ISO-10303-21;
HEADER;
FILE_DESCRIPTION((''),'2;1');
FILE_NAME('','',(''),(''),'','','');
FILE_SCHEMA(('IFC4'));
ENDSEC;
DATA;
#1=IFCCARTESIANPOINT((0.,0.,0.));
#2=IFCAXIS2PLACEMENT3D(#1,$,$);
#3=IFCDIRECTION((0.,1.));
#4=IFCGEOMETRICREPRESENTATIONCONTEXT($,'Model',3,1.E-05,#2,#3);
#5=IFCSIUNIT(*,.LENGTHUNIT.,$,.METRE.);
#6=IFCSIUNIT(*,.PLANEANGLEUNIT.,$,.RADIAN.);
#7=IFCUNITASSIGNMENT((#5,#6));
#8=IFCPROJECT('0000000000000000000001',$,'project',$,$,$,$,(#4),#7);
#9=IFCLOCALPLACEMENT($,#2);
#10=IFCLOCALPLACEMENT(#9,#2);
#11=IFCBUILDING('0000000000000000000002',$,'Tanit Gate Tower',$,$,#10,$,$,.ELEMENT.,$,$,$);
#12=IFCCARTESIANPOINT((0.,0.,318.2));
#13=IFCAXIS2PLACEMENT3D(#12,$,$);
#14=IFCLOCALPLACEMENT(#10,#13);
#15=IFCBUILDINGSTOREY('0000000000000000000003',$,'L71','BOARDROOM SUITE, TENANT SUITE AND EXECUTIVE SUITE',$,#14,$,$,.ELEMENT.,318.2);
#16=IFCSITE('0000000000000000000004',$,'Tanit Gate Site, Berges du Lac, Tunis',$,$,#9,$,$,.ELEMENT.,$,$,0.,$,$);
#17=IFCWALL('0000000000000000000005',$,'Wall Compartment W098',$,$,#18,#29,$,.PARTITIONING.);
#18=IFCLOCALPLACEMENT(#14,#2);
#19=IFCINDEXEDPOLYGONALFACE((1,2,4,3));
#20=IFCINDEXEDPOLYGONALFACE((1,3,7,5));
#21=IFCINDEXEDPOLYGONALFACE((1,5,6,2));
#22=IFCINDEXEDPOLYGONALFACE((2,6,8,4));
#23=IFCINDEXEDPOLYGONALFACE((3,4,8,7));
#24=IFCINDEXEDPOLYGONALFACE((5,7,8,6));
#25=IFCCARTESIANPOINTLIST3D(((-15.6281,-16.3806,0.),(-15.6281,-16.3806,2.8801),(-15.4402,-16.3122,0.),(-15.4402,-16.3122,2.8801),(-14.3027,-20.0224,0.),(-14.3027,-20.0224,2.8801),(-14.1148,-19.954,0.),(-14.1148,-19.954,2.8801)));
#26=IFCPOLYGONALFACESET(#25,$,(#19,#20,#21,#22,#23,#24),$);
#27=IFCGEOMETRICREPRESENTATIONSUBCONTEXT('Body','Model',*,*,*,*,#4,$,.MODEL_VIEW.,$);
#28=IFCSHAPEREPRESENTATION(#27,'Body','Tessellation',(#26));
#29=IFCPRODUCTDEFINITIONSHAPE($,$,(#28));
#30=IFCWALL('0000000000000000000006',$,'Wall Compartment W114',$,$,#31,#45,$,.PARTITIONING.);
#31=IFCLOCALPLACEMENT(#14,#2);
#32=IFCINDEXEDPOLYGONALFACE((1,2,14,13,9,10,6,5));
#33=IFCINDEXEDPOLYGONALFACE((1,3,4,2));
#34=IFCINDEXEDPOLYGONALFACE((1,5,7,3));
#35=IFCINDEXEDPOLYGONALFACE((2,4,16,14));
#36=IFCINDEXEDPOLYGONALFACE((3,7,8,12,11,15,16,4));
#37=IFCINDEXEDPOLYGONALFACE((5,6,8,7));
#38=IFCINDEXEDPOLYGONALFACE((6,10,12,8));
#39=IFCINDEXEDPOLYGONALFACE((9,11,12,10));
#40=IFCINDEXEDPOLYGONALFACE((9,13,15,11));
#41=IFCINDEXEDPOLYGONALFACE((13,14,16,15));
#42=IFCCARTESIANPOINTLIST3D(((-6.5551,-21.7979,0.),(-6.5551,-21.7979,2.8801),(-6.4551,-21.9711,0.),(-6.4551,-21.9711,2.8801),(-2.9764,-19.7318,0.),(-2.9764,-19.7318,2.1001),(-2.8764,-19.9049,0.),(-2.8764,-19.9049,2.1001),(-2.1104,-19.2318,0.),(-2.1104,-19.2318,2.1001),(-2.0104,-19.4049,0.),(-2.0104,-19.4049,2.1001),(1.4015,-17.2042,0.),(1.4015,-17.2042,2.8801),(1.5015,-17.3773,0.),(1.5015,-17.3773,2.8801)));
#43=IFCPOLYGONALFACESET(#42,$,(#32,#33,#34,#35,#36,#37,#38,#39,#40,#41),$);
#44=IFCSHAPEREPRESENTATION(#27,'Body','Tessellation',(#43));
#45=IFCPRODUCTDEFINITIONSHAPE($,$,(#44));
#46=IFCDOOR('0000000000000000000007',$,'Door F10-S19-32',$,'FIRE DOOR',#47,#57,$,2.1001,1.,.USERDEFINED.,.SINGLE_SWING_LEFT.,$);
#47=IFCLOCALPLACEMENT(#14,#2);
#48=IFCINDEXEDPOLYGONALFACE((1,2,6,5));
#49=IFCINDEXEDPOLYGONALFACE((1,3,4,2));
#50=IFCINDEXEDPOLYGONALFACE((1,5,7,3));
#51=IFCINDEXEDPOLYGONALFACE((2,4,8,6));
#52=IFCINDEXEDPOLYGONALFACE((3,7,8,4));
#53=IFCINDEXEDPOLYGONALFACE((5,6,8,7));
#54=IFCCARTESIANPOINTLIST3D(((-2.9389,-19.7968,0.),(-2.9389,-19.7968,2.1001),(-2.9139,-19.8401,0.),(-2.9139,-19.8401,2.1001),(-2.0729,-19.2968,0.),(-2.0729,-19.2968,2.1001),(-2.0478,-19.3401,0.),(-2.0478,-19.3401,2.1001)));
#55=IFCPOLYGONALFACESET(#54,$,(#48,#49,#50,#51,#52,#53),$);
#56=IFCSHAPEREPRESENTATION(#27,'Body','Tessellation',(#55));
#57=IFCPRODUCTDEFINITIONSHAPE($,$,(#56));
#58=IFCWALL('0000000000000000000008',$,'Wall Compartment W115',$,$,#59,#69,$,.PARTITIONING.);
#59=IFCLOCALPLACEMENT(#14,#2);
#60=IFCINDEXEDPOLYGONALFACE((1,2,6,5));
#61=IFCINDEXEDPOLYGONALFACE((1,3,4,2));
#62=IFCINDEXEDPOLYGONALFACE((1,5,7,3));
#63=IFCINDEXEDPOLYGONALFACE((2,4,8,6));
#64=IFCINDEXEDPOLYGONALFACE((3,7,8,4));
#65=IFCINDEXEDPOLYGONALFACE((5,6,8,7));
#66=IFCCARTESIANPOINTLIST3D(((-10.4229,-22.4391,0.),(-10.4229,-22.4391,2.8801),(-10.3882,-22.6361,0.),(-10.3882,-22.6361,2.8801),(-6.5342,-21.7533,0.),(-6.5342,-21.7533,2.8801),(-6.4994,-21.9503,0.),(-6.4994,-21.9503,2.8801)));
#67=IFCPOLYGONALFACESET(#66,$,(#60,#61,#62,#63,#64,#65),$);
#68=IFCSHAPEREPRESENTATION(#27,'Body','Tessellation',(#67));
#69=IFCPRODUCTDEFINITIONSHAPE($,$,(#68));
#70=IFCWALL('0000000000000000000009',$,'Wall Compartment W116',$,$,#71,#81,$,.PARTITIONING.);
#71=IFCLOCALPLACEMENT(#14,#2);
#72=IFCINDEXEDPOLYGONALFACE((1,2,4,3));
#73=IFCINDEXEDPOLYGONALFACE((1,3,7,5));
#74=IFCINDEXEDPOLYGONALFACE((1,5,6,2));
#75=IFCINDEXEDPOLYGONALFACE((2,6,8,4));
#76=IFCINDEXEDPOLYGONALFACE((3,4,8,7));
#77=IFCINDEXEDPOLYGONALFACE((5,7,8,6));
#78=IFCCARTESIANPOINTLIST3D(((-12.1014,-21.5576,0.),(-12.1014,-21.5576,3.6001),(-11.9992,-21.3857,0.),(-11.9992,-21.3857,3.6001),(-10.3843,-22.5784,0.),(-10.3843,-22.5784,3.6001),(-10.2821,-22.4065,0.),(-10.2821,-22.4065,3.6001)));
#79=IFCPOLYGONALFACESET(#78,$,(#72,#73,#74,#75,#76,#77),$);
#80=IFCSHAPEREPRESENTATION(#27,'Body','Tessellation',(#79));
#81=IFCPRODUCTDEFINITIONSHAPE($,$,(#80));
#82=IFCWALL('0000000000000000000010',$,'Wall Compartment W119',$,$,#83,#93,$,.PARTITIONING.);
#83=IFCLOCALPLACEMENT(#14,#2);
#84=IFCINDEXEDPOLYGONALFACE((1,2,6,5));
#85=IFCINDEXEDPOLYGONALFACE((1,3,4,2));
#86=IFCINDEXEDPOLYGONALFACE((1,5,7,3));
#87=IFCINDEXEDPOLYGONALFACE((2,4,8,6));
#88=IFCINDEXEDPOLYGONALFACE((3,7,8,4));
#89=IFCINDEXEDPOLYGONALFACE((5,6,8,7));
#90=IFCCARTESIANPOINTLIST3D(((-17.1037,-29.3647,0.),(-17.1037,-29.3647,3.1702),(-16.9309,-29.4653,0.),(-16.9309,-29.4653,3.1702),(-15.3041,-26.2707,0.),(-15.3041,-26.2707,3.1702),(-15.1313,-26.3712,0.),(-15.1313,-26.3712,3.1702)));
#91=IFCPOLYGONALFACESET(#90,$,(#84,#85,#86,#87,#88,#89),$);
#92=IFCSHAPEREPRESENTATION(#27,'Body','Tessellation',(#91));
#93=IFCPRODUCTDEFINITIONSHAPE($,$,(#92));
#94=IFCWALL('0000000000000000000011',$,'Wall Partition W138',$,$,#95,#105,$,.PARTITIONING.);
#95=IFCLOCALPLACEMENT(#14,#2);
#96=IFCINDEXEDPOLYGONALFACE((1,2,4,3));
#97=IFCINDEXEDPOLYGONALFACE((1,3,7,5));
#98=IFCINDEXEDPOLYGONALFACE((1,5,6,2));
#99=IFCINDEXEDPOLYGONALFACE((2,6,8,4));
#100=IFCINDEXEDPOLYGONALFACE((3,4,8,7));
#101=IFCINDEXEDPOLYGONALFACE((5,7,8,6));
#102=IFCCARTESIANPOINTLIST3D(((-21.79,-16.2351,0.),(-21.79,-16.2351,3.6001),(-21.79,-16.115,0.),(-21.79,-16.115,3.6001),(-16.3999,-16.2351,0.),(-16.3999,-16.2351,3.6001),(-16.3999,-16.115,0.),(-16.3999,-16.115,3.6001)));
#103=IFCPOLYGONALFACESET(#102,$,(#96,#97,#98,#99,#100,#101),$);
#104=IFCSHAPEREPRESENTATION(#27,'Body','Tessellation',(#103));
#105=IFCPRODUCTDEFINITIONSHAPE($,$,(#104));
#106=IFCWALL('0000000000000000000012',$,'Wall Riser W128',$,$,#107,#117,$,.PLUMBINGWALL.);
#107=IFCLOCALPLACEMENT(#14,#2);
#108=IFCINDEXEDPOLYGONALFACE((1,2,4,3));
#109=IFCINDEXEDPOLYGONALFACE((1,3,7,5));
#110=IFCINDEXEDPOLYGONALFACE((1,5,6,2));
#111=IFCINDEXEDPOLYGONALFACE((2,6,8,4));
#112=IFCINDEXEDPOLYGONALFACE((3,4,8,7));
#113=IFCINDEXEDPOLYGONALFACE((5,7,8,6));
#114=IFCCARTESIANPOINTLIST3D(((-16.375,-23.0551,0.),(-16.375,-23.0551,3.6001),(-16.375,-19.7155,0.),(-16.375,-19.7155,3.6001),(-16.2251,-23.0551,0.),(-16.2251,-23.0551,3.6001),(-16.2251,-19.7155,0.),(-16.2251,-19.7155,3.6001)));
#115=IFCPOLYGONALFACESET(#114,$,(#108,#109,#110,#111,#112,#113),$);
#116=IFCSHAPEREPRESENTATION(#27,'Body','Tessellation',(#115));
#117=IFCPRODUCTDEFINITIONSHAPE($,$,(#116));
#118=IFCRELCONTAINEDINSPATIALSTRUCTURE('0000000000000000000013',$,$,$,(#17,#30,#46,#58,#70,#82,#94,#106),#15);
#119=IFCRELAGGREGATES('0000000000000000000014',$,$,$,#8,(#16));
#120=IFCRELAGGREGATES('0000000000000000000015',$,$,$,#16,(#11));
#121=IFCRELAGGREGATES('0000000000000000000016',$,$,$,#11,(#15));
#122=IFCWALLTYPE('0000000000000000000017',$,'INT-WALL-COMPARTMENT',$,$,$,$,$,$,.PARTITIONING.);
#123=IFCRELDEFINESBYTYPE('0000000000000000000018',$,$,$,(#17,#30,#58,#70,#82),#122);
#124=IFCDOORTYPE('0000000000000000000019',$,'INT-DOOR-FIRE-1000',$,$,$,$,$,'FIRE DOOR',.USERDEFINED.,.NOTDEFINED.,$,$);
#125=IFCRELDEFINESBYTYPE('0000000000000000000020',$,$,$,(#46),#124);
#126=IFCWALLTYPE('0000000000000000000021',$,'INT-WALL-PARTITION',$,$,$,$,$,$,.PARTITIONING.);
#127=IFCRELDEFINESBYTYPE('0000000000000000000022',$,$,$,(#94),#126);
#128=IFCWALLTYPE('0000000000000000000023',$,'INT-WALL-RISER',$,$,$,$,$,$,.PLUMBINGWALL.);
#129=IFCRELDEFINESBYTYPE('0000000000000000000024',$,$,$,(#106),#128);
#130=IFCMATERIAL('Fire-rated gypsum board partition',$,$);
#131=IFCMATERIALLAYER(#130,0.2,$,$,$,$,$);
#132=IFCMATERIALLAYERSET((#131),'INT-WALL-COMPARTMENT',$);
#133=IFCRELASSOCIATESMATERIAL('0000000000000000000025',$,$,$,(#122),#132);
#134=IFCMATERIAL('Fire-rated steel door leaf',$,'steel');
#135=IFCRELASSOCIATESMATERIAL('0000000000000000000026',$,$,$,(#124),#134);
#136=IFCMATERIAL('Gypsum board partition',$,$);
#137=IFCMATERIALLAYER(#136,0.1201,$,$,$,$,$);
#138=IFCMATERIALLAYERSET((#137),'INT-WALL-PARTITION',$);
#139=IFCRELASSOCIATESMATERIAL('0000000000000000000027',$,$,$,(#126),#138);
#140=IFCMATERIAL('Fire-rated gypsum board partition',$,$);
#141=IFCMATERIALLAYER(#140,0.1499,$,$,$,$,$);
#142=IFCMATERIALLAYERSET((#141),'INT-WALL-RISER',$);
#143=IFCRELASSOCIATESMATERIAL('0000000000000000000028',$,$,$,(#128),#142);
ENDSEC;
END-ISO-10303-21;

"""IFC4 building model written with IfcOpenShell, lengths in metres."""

from ifc_helpers import new_model, si_unit, direction, frame, frame_2d, origin, place, context, subcontext, project, spatial, rectangle, extrude, material, layer, layer_set, type_object, element, fill, save


model = new_model("IFC4")

# Units and contexts
model_context = context("Model", 3, precision=1e-05, world=origin(), true_north=direction((0.0, 1.0)))
body_context = subcontext(model_context, "Body", "Model", "MODEL_VIEW")
ifc_project = project(units=[si_unit("LENGTHUNIT", "METRE"), si_unit("PLANEANGLEUNIT", "RADIAN")], contexts=[model_context])

# Site, building, storey
site_placement = place(None, origin())
site = spatial("IfcSite", under=ifc_project, at=site_placement, Name="Tanit Gate Site, Berges du Lac, Tunis", CompositionType="ELEMENT", RefElevation=0.0)
building_placement = place(site_placement, origin())
building = spatial("IfcBuilding", under=site, at=building_placement, Name="Tanit Gate Tower", CompositionType="ELEMENT")
storey_placement = place(building_placement, frame((0.0, 0.0, 318.2)))
storey = spatial("IfcBuildingStorey", under=building, at=storey_placement, Name="L71", Description="BOARDROOM SUITE, TENANT SUITE AND EXECUTIVE SUITE", CompositionType="ELEMENT", Elevation=318.2)

# Wall
ifc_material_1 = material(Name="Fire-rated gypsum board partition")
ifc_layer_1 = layer(ifc_material_1, 0.2)
ifc_layer_set_1 = layer_set([ifc_layer_1], Name="INT-WALL-COMPARTMENT")
wall_type_1 = type_object("IfcWallType", Name="INT-WALL-COMPARTMENT", PredefinedType="PARTITIONING", material=ifc_layer_set_1)
wall_1_placement = place(storey_placement, frame((-15.5342, -16.3464, 0.0), z_axis=(0.0, 0.0, 1.0), x_axis=(0.342001, -0.9397, 0.0)))
element("IfcWall", 1, at=wall_1_placement, inside=storey, type_object=wall_type_1, Name="Wall Compartment W098", PredefinedType="PARTITIONING", context=body_context, shape_type="SweptSolid", body=[
    extrude(rectangle(XDim=3.8755, YDim=0.2, at=frame_2d((1.9377, 0.0))), origin(), (0.0, 0.0, 1.0), 2.8801),
])

# Wall, opening, door
wall_2_placement = place(storey_placement, frame((-6.5051, -21.8845, 0.0), z_axis=(0.0, 0.0, 1.0), x_axis=(0.866024, 0.500003, 0.0)))
wall_2 = element("IfcWall", 2, at=wall_2_placement, inside=storey, type_object=wall_type_1, Name="Wall Compartment W114", PredefinedType="PARTITIONING", context=body_context, shape_type="SweptSolid", body=[
    extrude(rectangle(XDim=9.1875, YDim=0.2, at=frame_2d((4.5938, 0.0))), origin(), (0.0, 0.0, 1.0), 2.8801),
])
opening_1_placement = place(wall_2_placement, frame((4.1323, 0.0, 0.0)))
opening_1 = element("IfcOpeningElement", 3, at=opening_1_placement, cuts=wall_2, PredefinedType="OPENING", context=body_context, shape_type="SweptSolid", body=[
    extrude(rectangle(XDim=1.0, YDim=2.1001, at=frame_2d((0.5, 1.05))), frame((0.0, 0.1099, 0.0), z_axis=(0.0, -1.0, 0.0), x_axis=(1.0, 0.0, 0.0)), (0.0, 0.0, 1.0), 0.22),
])
ifc_material_2 = material(Name="Fire-rated steel door leaf", Category="steel")
door_type_1 = type_object("IfcDoorType", Name="INT-DOOR-FIRE-1000", ElementType="FIRE DOOR", OperationType="NOTDEFINED", PredefinedType="USERDEFINED", material=ifc_material_2)
door_1_placement = place(opening_1_placement, origin())
door_1 = element("IfcDoor", 4, at=door_1_placement, inside=storey, type_object=door_type_1, Name="Door F10-S19-32", ObjectType="FIRE DOOR", OperationType="SINGLE_SWING_LEFT", OverallHeight=2.1001, OverallWidth=1.0, PredefinedType="USERDEFINED", context=body_context, shape_type="SweptSolid", body=[
    extrude(rectangle(XDim=1.0, YDim=2.1001, at=frame_2d((0.5, 1.05))), frame((0.0, 0.0249, 0.0), z_axis=(0.0, -1.0, 0.0), x_axis=(1.0, 0.0, 0.0)), (0.0, 0.0, 1.0), 0.05),
])
fill(opening_1, door_1)

# Walls
wall_3_placement = place(storey_placement, frame((-10.4055, -22.5376, 0.0), z_axis=(0.0, 0.0, 1.0), x_axis=(0.984803, 0.173676, 0.0)))
element("IfcWall", 5, at=wall_3_placement, inside=storey, type_object=wall_type_1, Name="Wall Compartment W115", PredefinedType="PARTITIONING", context=body_context, shape_type="SweptSolid", body=[
    extrude(rectangle(XDim=3.9487, YDim=0.2, at=frame_2d((1.9744, 0.0))), origin(), (0.0, 0.0, 1.0), 2.8801),
])
wall_4_placement = place(storey_placement, frame((-12.0503, -21.4717, 0.0), z_axis=(0.0, 0.0, 1.0), x_axis=(0.859578, -0.511005, 0.0)))
element("IfcWall", 6, at=wall_4_placement, inside=storey, type_object=wall_type_1, Name="Wall Compartment W116", PredefinedType="PARTITIONING", context=body_context, shape_type="SweptSolid", body=[
    extrude(rectangle(XDim=1.9976, YDim=0.2, at=frame_2d((0.9988, 0.0))), origin(), (0.0, 0.0, 1.0), 3.6001),
])
wall_5_placement = place(storey_placement, frame((-15.2178, -26.321, 0.0), z_axis=(0.0, 0.0, 1.0), x_axis=(-0.502772, -0.864419, 0.0)))
element("IfcWall", 7, at=wall_5_placement, inside=storey, type_object=wall_type_1, Name="Wall Compartment W119", PredefinedType="PARTITIONING", context=body_context, shape_type="SweptSolid", body=[
    extrude(rectangle(XDim=3.5793, YDim=0.2, at=frame_2d((1.7896, 0.0))), origin(), (0.0, 0.0, 1.0), 3.1702),
])
ifc_material_3 = material(Name="Gypsum board partition")
ifc_layer_2 = layer(ifc_material_3, 0.1201)
ifc_layer_set_2 = layer_set([ifc_layer_2], Name="INT-WALL-PARTITION")
wall_type_2 = type_object("IfcWallType", Name="INT-WALL-PARTITION", PredefinedType="PARTITIONING", material=ifc_layer_set_2)
wall_6_placement = place(storey_placement, frame((-16.3999, -16.175, 0.0), z_axis=(0.0, 0.0, 1.0), x_axis=(-1.0, 0.0, 0.0)))
element("IfcWall", 8, at=wall_6_placement, inside=storey, type_object=wall_type_2, Name="Wall Partition W138", PredefinedType="PARTITIONING", context=body_context, shape_type="SweptSolid", body=[
    extrude(rectangle(XDim=5.3901, YDim=0.1201, at=frame_2d((2.6951, 0.0))), origin(), (0.0, 0.0, 1.0), 3.6001),
])
ifc_material_4 = material(Name="Fire-rated gypsum board partition")
ifc_layer_3 = layer(ifc_material_4, 0.1499)
ifc_layer_set_3 = layer_set([ifc_layer_3], Name="INT-WALL-RISER")
wall_type_3 = type_object("IfcWallType", Name="INT-WALL-RISER", PredefinedType="PLUMBINGWALL", material=ifc_layer_set_3)
wall_7_placement = place(storey_placement, frame((-16.3, -19.7153, 0.0), z_axis=(0.0, 0.0, 1.0), x_axis=(0.0, -1.0, 0.0)))
element("IfcWall", 9, at=wall_7_placement, inside=storey, type_object=wall_type_3, Name="Wall Riser W128", PredefinedType="PLUMBINGWALL", context=body_context, shape_type="SweptSolid", body=[
    extrude(rectangle(XDim=3.3396, YDim=0.1499, at=frame_2d((1.6699, 0.0))), origin(), (0.0, 0.0, 1.0), 3.6001),
])

save(model, "model.ifc")
